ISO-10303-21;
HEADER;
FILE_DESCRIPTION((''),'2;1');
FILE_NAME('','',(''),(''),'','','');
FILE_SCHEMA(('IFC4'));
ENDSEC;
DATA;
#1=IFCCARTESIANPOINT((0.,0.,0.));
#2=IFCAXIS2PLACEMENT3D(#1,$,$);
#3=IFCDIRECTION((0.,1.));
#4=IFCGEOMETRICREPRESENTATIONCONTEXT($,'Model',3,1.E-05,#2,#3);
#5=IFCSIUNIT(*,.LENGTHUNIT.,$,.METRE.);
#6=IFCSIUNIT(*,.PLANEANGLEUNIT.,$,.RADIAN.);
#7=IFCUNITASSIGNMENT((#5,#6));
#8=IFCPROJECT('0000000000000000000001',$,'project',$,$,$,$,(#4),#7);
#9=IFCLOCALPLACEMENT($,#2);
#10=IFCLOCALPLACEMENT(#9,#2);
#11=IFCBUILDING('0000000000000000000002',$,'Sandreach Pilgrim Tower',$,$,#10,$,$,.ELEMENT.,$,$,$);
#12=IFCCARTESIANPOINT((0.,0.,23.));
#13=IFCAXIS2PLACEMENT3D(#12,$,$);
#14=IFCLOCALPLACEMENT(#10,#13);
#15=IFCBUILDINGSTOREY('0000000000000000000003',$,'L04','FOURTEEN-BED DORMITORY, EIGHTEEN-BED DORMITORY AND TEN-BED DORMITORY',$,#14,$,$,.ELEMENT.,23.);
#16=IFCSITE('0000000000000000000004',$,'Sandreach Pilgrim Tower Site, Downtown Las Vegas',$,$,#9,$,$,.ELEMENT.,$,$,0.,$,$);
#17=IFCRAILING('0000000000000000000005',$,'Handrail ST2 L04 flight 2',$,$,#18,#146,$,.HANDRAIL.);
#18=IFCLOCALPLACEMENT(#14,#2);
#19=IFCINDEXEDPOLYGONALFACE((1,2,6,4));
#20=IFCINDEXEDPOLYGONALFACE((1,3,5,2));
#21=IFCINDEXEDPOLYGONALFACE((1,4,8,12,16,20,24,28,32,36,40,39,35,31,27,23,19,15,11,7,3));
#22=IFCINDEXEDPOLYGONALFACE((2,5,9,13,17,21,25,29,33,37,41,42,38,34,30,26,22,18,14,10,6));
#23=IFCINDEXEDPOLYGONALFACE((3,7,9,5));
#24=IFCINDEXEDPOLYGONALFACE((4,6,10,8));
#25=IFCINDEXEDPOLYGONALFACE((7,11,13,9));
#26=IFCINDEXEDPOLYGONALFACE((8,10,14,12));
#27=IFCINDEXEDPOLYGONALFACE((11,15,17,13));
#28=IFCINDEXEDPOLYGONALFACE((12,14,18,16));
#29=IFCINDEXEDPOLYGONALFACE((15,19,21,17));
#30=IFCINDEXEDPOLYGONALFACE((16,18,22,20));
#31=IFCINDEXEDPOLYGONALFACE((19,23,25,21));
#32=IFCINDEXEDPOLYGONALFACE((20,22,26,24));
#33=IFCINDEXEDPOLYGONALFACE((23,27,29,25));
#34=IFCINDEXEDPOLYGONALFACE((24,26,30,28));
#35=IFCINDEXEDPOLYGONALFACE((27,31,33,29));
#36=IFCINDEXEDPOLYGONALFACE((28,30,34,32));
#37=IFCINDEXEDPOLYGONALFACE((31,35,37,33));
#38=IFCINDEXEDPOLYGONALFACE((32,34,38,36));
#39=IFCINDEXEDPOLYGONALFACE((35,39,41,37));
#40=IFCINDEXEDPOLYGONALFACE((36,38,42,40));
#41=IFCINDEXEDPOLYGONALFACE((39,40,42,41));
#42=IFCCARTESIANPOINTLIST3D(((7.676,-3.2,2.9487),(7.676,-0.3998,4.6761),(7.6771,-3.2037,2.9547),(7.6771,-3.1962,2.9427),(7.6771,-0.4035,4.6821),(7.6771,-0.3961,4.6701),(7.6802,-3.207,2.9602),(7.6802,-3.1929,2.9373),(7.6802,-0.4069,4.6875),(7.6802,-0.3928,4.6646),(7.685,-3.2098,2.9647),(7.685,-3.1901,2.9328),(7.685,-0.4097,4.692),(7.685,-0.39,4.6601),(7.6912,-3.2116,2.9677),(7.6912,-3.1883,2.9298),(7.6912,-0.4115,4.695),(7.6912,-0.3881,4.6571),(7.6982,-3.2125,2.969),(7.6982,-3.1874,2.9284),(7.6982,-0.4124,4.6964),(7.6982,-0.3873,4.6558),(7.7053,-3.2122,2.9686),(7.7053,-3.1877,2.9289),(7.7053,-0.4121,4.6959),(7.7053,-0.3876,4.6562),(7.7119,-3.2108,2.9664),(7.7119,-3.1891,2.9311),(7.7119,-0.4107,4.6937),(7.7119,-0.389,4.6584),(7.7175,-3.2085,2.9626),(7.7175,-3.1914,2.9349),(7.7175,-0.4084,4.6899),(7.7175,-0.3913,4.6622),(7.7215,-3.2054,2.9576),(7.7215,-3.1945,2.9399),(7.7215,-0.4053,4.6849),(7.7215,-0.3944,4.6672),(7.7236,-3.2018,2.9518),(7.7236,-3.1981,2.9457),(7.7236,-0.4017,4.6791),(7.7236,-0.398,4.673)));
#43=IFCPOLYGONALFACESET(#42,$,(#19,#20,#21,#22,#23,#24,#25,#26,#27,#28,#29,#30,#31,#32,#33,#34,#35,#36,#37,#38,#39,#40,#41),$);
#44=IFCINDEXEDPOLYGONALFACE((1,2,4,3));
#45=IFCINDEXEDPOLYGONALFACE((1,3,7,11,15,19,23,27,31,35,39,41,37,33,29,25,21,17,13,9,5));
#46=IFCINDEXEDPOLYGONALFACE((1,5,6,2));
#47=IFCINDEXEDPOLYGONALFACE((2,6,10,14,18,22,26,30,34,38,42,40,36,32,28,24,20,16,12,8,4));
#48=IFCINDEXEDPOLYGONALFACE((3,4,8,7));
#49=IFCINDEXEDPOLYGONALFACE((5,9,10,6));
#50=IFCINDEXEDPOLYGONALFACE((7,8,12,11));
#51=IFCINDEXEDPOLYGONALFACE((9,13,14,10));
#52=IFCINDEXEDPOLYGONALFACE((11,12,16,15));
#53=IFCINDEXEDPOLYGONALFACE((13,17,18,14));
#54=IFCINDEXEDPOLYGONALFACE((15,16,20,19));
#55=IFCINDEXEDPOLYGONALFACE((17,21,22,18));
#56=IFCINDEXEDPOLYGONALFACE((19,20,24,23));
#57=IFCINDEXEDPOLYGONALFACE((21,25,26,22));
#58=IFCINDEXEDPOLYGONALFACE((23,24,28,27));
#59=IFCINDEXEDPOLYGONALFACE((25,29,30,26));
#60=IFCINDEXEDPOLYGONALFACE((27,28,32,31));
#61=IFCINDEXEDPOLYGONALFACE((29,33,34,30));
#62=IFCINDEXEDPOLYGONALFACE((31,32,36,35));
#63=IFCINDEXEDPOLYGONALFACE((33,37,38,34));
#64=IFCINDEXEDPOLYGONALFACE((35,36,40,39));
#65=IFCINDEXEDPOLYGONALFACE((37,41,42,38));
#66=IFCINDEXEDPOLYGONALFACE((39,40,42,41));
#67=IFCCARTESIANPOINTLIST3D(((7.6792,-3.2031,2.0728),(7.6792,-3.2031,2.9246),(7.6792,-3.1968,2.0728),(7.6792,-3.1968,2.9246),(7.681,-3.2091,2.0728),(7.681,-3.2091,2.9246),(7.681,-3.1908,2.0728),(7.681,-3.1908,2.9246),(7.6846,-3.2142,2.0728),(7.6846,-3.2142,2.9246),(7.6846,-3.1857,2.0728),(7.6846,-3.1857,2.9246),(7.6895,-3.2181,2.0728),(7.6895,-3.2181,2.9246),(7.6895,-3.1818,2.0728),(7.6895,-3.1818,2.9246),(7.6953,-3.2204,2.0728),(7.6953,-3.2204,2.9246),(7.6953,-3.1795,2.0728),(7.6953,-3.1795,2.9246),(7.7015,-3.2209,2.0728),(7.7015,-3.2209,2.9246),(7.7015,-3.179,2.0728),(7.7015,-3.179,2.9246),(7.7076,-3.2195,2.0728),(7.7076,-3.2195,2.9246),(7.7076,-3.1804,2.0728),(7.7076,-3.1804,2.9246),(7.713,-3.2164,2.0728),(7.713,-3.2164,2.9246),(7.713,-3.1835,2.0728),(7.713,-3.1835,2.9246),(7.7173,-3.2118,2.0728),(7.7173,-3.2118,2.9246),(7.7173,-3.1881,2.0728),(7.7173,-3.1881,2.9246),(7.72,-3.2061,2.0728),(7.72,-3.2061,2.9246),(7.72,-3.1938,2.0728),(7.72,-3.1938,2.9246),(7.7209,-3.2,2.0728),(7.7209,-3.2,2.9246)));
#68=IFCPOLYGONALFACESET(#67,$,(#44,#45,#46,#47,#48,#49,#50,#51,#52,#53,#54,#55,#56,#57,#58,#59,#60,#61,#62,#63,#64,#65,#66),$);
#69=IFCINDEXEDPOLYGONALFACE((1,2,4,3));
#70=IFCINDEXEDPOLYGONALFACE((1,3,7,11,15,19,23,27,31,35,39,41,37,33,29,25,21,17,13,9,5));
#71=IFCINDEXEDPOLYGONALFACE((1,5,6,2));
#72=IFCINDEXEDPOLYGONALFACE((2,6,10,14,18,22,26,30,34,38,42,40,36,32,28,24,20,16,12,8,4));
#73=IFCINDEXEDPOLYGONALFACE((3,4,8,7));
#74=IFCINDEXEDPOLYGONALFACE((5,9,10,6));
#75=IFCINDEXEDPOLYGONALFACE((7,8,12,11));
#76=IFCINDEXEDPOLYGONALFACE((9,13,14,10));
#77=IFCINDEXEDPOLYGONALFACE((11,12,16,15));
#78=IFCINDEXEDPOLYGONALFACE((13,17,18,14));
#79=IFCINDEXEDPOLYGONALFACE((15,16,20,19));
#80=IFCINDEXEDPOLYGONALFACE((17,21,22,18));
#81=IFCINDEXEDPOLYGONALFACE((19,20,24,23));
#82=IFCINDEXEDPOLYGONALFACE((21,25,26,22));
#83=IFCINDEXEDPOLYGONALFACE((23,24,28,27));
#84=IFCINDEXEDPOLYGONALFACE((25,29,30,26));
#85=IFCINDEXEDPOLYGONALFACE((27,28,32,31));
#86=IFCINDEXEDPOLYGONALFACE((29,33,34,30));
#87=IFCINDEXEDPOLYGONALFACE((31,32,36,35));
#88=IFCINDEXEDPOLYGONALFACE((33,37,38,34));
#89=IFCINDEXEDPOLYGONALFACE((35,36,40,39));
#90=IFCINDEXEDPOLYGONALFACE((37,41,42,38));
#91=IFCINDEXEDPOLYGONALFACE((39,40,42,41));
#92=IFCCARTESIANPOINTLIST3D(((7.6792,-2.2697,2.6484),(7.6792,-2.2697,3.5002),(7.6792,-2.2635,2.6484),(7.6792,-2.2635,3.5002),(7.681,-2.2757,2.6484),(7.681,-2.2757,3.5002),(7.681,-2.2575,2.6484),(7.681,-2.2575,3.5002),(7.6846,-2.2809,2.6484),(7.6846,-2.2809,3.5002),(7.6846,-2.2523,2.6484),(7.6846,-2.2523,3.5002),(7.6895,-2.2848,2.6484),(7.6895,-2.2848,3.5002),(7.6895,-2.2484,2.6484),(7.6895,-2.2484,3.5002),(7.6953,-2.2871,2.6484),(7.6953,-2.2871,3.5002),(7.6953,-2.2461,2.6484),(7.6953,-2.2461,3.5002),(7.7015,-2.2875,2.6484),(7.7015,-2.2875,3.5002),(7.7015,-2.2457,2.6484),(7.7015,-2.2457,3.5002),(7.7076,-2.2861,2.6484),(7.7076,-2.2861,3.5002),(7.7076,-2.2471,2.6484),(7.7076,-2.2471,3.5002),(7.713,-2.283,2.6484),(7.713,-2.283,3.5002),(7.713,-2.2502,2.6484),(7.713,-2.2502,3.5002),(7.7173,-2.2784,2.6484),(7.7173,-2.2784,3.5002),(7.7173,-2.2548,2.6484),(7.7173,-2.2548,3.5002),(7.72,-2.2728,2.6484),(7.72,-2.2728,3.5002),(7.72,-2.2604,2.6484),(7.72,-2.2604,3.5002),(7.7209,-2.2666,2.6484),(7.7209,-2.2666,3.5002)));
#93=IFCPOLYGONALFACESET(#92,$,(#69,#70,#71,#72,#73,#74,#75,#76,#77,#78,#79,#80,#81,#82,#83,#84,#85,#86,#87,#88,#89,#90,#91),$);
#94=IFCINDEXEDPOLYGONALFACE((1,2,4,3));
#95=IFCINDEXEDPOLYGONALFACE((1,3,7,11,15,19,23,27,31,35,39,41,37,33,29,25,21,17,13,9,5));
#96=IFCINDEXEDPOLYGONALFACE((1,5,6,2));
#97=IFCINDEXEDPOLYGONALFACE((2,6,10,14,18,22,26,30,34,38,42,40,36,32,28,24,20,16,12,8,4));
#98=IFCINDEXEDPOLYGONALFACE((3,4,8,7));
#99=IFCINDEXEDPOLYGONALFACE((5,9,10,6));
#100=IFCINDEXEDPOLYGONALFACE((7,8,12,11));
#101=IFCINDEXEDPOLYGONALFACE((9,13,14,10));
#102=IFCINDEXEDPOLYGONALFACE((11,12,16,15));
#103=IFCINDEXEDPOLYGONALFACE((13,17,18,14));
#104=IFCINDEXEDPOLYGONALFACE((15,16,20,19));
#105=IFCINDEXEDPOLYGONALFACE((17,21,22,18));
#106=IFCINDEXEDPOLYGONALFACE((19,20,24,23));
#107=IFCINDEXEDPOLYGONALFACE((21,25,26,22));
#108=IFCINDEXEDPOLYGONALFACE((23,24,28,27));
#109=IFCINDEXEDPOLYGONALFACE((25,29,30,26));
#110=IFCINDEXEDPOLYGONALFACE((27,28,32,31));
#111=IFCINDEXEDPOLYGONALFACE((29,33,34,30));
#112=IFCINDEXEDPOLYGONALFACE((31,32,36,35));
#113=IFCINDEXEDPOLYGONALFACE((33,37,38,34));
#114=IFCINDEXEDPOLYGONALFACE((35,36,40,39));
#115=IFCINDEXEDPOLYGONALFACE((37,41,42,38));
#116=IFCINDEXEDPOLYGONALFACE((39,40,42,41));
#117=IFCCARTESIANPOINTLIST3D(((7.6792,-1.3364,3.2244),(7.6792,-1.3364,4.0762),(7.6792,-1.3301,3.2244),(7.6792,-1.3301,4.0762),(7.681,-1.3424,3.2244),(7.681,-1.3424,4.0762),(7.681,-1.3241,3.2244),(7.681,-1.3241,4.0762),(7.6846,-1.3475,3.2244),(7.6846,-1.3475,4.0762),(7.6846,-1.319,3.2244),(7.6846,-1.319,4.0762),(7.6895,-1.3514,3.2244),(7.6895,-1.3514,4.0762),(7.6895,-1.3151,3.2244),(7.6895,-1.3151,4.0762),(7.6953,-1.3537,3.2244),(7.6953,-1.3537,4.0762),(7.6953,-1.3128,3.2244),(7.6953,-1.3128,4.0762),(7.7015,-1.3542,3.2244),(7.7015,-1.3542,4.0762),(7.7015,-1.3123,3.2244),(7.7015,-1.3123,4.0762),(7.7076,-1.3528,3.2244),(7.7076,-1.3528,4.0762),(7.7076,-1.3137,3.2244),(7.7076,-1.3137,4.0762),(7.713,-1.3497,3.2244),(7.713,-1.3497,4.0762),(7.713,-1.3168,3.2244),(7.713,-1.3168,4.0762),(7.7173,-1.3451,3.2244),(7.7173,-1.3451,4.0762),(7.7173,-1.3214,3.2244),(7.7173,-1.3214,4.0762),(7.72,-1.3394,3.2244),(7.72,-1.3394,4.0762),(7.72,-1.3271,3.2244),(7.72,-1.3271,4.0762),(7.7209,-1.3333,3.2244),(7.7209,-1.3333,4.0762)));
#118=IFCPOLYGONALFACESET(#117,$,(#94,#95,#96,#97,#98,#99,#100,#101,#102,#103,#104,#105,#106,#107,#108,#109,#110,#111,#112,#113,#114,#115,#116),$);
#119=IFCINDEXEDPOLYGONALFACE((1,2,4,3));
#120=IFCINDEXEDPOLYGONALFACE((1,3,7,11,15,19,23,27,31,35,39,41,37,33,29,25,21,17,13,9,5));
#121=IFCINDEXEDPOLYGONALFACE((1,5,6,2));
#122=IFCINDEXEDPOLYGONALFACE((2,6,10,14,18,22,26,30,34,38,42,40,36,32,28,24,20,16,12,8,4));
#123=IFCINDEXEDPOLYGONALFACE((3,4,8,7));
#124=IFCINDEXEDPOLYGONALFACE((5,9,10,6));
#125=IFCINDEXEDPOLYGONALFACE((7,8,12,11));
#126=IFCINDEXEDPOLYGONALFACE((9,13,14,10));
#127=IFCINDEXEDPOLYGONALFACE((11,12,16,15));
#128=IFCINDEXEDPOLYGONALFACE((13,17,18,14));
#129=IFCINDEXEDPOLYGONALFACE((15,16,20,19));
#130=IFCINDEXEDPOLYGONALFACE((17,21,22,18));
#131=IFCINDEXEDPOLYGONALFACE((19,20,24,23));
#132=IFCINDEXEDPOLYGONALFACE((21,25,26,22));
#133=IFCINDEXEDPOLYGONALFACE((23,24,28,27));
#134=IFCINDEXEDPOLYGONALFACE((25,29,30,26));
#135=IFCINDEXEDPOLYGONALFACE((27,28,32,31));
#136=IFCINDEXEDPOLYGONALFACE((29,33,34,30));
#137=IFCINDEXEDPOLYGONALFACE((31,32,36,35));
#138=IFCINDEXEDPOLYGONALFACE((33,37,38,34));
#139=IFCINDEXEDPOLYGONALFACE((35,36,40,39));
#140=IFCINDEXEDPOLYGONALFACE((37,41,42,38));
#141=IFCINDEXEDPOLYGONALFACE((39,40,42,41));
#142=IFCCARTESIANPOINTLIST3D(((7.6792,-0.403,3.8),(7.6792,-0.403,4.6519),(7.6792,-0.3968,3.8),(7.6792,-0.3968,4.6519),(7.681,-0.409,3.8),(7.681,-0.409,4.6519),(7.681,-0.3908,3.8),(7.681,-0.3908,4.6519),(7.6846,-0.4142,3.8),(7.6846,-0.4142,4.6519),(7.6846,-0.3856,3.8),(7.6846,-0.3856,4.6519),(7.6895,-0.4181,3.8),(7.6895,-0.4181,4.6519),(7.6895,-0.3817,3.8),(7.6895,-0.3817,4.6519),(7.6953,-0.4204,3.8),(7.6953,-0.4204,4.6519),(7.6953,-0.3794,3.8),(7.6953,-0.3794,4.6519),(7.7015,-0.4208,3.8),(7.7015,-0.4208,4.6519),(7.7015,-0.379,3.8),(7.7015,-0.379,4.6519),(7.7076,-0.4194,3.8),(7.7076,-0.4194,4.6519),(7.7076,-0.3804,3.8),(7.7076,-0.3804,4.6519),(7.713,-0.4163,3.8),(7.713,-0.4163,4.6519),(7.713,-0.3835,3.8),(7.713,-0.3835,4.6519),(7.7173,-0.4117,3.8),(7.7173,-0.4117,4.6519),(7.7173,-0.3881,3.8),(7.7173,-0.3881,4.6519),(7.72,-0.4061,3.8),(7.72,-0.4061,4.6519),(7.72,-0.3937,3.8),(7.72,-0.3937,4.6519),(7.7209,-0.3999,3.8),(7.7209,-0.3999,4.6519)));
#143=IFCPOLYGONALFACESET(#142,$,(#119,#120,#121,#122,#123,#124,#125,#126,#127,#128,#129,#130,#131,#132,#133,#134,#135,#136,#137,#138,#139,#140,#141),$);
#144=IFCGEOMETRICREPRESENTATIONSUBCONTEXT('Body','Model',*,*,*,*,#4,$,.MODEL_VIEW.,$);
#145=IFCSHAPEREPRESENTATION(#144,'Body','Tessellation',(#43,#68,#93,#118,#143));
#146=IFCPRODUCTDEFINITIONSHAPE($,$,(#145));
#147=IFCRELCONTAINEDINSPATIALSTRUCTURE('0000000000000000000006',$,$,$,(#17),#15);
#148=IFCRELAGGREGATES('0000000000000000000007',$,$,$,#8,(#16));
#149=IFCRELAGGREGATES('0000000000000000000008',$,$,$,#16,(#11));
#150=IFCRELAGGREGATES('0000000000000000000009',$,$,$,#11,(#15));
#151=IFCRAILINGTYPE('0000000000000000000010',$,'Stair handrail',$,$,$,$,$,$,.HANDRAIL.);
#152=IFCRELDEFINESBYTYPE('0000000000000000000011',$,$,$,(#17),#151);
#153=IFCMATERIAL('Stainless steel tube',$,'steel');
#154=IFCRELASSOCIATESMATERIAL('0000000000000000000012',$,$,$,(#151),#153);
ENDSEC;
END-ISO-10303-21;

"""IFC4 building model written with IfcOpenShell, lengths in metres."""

from ifc_helpers import new_model, si_unit, direction, frame, origin, origin_2d, place, context, subcontext, project, spatial, circle, extrude, material, type_object, element, save


model = new_model("IFC4")

# Units and contexts
model_context = context("Model", 3, precision=1e-05, world=origin(), true_north=direction((0.0, 1.0)))
body_context = subcontext(model_context, "Body", "Model", "MODEL_VIEW")
ifc_project = project(units=[si_unit("LENGTHUNIT", "METRE"), si_unit("PLANEANGLEUNIT", "RADIAN")], contexts=[model_context])

# Site, building, storey
site_placement = place(None, origin())
site = spatial("IfcSite", under=ifc_project, at=site_placement, Name="Sandreach Pilgrim Tower Site, Downtown Las Vegas", CompositionType="ELEMENT", RefElevation=0.0)
building_placement = place(site_placement, origin())
building = spatial("IfcBuilding", under=site, at=building_placement, Name="Sandreach Pilgrim Tower", CompositionType="ELEMENT")
storey_placement = place(building_placement, frame((0.0, 0.0, 23.0)))
storey = spatial("IfcBuildingStorey", under=building, at=storey_placement, Name="L04", Description="FOURTEEN-BED DORMITORY, EIGHTEEN-BED DORMITORY AND TEN-BED DORMITORY", CompositionType="ELEMENT", Elevation=23.0)

# Railing
ifc_material_1 = material(Name="Stainless steel tube", Category="steel")
railing_type = type_object("IfcRailingType", Name="Stair handrail", PredefinedType="HANDRAIL", material=ifc_material_1)
for number, where, name in (
    (1, (7.7, -3.2, 2.0728), "Handrail ST2 L04 flight 2"),
):
    element("IfcRailing", number, at=place(storey_placement, frame(where)), inside=storey, type_object=railing_type, Name=name, PredefinedType="HANDRAIL", context=body_context, shape_type="SweptSolid", body=[
        extrude(circle(Radius=0.0239, at=origin_2d()), frame((0.0, 0.0, 0.876), z_axis=(0.0, 0.85109, 0.52502), x_axis=(-1.0, 0.0, 0.0)), (0.0, 0.0, 1.0), 3.29),
        extrude(circle(Radius=0.021, at=origin_2d()), origin(), (0.0, 0.0, 1.0), 0.8518),
        extrude(circle(Radius=0.021, at=origin_2d()), frame((0.0, 0.9333, 0.5757)), (0.0, 0.0, 1.0), 0.8518),
        extrude(circle(Radius=0.021, at=origin_2d()), frame((0.0, 1.8667, 1.1516)), (0.0, 0.0, 1.0), 0.8518),
        extrude(circle(Radius=0.021, at=origin_2d()), frame((0.0, 2.8, 1.7273)), (0.0, 0.0, 1.0), 0.8518),
    ])

save(model, "model.ifc")
